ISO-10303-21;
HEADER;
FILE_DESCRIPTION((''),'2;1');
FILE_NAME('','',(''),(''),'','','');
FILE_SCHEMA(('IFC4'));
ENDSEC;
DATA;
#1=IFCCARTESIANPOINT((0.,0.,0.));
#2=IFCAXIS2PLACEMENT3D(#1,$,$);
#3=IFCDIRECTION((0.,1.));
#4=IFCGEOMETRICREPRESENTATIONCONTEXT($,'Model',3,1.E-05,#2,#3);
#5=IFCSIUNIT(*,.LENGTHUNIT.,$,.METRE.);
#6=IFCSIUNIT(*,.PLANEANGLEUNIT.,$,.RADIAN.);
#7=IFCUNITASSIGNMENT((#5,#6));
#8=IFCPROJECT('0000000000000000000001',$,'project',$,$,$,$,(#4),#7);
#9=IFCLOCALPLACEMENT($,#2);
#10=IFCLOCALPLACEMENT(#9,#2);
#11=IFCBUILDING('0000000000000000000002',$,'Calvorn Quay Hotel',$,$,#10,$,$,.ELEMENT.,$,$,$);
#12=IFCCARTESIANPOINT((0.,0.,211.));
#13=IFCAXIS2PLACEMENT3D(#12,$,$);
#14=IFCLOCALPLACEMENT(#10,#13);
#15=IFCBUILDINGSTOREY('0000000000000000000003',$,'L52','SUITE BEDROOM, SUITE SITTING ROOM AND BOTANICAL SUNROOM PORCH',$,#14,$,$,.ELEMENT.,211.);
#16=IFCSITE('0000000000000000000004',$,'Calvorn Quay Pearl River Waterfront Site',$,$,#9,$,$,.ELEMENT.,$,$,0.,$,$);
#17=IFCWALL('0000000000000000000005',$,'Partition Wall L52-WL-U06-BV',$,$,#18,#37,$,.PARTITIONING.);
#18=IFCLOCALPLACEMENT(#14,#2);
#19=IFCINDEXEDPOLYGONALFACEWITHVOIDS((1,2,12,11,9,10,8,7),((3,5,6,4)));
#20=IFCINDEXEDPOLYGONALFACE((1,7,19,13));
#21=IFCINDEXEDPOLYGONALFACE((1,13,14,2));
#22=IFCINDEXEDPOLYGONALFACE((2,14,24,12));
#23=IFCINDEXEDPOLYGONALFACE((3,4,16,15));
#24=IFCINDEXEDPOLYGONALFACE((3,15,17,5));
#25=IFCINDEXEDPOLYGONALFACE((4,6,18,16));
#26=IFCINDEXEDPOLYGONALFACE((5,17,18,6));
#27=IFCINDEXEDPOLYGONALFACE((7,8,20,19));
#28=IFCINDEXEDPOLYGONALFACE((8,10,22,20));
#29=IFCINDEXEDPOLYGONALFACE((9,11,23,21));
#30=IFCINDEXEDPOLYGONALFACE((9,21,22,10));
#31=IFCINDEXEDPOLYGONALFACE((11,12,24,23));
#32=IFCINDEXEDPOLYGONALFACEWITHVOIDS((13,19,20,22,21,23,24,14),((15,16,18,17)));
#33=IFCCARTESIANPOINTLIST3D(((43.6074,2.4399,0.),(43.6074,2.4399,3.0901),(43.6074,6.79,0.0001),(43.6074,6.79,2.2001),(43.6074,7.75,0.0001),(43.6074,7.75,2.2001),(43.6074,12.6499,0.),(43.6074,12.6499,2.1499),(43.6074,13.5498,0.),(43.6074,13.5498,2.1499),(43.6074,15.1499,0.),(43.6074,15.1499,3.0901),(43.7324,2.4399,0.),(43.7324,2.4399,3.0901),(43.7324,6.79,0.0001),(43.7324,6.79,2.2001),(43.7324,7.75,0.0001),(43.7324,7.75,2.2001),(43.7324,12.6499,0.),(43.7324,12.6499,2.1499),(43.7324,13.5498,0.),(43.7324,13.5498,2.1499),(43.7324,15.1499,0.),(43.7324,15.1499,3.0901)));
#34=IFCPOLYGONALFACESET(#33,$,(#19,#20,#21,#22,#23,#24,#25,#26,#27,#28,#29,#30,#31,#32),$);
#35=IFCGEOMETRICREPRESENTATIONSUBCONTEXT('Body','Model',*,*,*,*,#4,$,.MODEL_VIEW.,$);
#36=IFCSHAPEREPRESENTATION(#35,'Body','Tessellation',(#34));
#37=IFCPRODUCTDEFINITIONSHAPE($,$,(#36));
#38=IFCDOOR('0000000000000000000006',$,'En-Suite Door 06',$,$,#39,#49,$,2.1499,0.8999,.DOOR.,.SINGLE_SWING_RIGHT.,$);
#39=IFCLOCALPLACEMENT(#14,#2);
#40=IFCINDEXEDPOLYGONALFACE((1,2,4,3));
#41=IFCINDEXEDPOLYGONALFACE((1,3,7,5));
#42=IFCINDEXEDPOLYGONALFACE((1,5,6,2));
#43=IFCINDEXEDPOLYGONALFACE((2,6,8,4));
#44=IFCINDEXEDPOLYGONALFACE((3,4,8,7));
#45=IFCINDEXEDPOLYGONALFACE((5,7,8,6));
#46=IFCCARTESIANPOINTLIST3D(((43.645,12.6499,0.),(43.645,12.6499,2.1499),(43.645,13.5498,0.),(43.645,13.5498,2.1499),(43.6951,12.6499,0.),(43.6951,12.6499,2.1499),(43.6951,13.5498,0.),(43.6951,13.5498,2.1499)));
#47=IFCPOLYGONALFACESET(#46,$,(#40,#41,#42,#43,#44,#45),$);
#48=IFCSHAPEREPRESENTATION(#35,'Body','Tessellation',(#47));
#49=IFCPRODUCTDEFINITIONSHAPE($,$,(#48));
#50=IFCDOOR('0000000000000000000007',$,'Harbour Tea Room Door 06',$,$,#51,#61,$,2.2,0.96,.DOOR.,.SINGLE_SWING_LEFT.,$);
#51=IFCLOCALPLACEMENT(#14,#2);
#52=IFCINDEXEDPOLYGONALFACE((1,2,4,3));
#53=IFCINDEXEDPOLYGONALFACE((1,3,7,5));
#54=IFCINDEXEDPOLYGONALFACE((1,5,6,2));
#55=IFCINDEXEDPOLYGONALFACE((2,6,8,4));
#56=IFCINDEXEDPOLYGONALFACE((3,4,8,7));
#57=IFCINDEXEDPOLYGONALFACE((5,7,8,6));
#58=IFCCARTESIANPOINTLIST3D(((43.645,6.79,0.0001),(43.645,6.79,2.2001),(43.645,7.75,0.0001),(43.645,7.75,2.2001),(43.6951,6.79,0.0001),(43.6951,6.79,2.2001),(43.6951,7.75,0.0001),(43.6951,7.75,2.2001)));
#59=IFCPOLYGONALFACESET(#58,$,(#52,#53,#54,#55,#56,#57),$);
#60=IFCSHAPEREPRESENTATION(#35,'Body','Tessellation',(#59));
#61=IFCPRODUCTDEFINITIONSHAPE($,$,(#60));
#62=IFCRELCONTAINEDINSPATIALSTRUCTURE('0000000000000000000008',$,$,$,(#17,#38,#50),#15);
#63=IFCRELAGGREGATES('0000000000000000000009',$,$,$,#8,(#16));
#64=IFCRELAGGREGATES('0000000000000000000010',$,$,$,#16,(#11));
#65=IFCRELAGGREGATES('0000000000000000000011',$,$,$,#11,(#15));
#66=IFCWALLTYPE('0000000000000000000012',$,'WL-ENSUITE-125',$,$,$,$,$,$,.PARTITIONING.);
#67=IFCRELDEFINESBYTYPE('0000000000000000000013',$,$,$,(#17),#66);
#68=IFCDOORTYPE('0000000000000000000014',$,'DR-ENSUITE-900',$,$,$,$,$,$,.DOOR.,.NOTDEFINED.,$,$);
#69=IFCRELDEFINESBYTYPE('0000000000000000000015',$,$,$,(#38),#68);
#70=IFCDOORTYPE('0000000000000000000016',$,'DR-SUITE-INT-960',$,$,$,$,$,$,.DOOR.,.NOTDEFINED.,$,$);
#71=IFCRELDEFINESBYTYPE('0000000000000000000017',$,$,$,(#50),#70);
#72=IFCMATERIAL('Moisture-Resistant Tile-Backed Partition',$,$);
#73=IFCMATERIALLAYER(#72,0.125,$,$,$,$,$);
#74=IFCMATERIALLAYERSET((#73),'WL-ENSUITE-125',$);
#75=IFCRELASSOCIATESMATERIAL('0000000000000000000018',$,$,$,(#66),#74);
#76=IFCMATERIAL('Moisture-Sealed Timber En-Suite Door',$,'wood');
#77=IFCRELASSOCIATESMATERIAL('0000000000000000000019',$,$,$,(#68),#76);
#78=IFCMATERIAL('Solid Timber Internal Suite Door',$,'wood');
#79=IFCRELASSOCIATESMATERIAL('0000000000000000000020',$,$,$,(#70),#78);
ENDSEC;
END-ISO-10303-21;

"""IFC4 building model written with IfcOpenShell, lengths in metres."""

from ifc_helpers import new_model, si_unit, direction, frame, frame_2d, origin, place, context, subcontext, project, spatial, rectangle, extrude, material, layer, layer_set, type_object, element, fill, save


model = new_model("IFC4")

# Units and contexts
model_context = context("Model", 3, precision=1e-05, world=origin(), true_north=direction((0.0, 1.0)))
body_context = subcontext(model_context, "Body", "Model", "MODEL_VIEW")
ifc_project = project(units=[si_unit("LENGTHUNIT", "METRE"), si_unit("PLANEANGLEUNIT", "RADIAN")], contexts=[model_context])

# Site, building, storey
site_placement = place(None, origin())
site = spatial("IfcSite", under=ifc_project, at=site_placement, Name="Calvorn Quay Pearl River Waterfront Site", CompositionType="ELEMENT", RefElevation=0.0)
building_placement = place(site_placement, origin())
building = spatial("IfcBuilding", under=site, at=building_placement, Name="Calvorn Quay Hotel", CompositionType="ELEMENT")
storey_placement = place(building_placement, frame((0.0, 0.0, 211.0)))
storey = spatial("IfcBuildingStorey", under=building, at=storey_placement, Name="L52", Description="SUITE BEDROOM, SUITE SITTING ROOM AND BOTANICAL SUNROOM PORCH", CompositionType="ELEMENT", Elevation=211.0)

# Shared definitions
ifc_material_1 = material(Name="Moisture-Resistant Tile-Backed Partition")
ifc_layer_1 = layer(ifc_material_1, 0.125)
ifc_layer_set_1 = layer_set([ifc_layer_1], Name="WL-ENSUITE-125")
wall_type = type_object("IfcWallType", Name="WL-ENSUITE-125", PredefinedType="PARTITIONING", material=ifc_layer_set_1)

# Wall, openings, doors
wall_1_placement = place(storey_placement, frame((43.6699, 2.4399, 0.0), z_axis=(0.0, 0.0, 1.0), x_axis=(0.0, 1.0, 0.0)))
wall_1 = element("IfcWall", 1, at=wall_1_placement, inside=storey, type_object=wall_type, Name="Partition Wall L52-WL-U06-BV", PredefinedType="PARTITIONING", context=body_context, shape_type="SweptSolid", body=[
    extrude(rectangle(XDim=12.71, YDim=0.125, at=frame_2d((6.355, 0.0))), origin(), (0.0, 0.0, 1.0), 3.0901),
])
opening_1_placement = place(wall_1_placement, frame((4.3501, 0.0, 0.0)))
opening_1 = element("IfcOpeningElement", 2, at=opening_1_placement, cuts=wall_1, PredefinedType="OPENING", context=body_context, shape_type="SweptSolid", body=[
    extrude(rectangle(XDim=0.96, YDim=2.2, at=frame_2d((0.48, 1.1001))), frame((0.0, 0.0725, 0.0), z_axis=(0.0, -1.0, 0.0), x_axis=(1.0, 0.0, 0.0)), (0.0, 0.0, 1.0), 0.145),
])
opening_2_placement = place(wall_1_placement, frame((10.21, 0.0, 0.0)))
opening_2 = element("IfcOpeningElement", 3, at=opening_2_placement, cuts=wall_1, PredefinedType="OPENING", context=body_context, shape_type="SweptSolid", body=[
    extrude(rectangle(XDim=0.8999, YDim=2.1499, at=frame_2d((0.45, 1.075))), frame((0.0, 0.0725, 0.0), z_axis=(0.0, -1.0, 0.0), x_axis=(1.0, 0.0, 0.0)), (0.0, 0.0, 1.0), 0.145),
])
ifc_material_2 = material(Name="Moisture-Sealed Timber En-Suite Door", Category="wood")
door_type_1 = type_object("IfcDoorType", Name="DR-ENSUITE-900", OperationType="NOTDEFINED", PredefinedType="DOOR", material=ifc_material_2)
door_1_placement = place(opening_2_placement, origin())
door_1 = element("IfcDoor", 4, at=door_1_placement, inside=storey, type_object=door_type_1, Name="En-Suite Door 06", OperationType="SINGLE_SWING_RIGHT", OverallHeight=2.1499, OverallWidth=0.8999, PredefinedType="DOOR", context=body_context, shape_type="SweptSolid", body=[
    extrude(rectangle(XDim=0.8999, YDim=2.1499, at=frame_2d((0.45, 1.075))), frame((0.0, 0.0249, 0.0), z_axis=(0.0, -1.0, 0.0), x_axis=(1.0, 0.0, 0.0)), (0.0, 0.0, 1.0), 0.05),
])
fill(opening_2, door_1)
ifc_material_3 = material(Name="Solid Timber Internal Suite Door", Category="wood")
door_type_2 = type_object("IfcDoorType", Name="DR-SUITE-INT-960", OperationType="NOTDEFINED", PredefinedType="DOOR", material=ifc_material_3)
door_2_placement = place(opening_1_placement, origin())
door_2 = element("IfcDoor", 5, at=door_2_placement, inside=storey, type_object=door_type_2, Name="Harbour Tea Room Door 06", OperationType="SINGLE_SWING_LEFT", OverallHeight=2.2, OverallWidth=0.96, PredefinedType="DOOR", context=body_context, shape_type="SweptSolid", body=[
    extrude(rectangle(XDim=0.96, YDim=2.2, at=frame_2d((0.48, 1.1001))), frame((0.0, 0.0249, 0.0), z_axis=(0.0, -1.0, 0.0), x_axis=(1.0, 0.0, 0.0)), (0.0, 0.0, 1.0), 0.05),
])
fill(opening_1, door_2)

save(model, "model.ifc")
